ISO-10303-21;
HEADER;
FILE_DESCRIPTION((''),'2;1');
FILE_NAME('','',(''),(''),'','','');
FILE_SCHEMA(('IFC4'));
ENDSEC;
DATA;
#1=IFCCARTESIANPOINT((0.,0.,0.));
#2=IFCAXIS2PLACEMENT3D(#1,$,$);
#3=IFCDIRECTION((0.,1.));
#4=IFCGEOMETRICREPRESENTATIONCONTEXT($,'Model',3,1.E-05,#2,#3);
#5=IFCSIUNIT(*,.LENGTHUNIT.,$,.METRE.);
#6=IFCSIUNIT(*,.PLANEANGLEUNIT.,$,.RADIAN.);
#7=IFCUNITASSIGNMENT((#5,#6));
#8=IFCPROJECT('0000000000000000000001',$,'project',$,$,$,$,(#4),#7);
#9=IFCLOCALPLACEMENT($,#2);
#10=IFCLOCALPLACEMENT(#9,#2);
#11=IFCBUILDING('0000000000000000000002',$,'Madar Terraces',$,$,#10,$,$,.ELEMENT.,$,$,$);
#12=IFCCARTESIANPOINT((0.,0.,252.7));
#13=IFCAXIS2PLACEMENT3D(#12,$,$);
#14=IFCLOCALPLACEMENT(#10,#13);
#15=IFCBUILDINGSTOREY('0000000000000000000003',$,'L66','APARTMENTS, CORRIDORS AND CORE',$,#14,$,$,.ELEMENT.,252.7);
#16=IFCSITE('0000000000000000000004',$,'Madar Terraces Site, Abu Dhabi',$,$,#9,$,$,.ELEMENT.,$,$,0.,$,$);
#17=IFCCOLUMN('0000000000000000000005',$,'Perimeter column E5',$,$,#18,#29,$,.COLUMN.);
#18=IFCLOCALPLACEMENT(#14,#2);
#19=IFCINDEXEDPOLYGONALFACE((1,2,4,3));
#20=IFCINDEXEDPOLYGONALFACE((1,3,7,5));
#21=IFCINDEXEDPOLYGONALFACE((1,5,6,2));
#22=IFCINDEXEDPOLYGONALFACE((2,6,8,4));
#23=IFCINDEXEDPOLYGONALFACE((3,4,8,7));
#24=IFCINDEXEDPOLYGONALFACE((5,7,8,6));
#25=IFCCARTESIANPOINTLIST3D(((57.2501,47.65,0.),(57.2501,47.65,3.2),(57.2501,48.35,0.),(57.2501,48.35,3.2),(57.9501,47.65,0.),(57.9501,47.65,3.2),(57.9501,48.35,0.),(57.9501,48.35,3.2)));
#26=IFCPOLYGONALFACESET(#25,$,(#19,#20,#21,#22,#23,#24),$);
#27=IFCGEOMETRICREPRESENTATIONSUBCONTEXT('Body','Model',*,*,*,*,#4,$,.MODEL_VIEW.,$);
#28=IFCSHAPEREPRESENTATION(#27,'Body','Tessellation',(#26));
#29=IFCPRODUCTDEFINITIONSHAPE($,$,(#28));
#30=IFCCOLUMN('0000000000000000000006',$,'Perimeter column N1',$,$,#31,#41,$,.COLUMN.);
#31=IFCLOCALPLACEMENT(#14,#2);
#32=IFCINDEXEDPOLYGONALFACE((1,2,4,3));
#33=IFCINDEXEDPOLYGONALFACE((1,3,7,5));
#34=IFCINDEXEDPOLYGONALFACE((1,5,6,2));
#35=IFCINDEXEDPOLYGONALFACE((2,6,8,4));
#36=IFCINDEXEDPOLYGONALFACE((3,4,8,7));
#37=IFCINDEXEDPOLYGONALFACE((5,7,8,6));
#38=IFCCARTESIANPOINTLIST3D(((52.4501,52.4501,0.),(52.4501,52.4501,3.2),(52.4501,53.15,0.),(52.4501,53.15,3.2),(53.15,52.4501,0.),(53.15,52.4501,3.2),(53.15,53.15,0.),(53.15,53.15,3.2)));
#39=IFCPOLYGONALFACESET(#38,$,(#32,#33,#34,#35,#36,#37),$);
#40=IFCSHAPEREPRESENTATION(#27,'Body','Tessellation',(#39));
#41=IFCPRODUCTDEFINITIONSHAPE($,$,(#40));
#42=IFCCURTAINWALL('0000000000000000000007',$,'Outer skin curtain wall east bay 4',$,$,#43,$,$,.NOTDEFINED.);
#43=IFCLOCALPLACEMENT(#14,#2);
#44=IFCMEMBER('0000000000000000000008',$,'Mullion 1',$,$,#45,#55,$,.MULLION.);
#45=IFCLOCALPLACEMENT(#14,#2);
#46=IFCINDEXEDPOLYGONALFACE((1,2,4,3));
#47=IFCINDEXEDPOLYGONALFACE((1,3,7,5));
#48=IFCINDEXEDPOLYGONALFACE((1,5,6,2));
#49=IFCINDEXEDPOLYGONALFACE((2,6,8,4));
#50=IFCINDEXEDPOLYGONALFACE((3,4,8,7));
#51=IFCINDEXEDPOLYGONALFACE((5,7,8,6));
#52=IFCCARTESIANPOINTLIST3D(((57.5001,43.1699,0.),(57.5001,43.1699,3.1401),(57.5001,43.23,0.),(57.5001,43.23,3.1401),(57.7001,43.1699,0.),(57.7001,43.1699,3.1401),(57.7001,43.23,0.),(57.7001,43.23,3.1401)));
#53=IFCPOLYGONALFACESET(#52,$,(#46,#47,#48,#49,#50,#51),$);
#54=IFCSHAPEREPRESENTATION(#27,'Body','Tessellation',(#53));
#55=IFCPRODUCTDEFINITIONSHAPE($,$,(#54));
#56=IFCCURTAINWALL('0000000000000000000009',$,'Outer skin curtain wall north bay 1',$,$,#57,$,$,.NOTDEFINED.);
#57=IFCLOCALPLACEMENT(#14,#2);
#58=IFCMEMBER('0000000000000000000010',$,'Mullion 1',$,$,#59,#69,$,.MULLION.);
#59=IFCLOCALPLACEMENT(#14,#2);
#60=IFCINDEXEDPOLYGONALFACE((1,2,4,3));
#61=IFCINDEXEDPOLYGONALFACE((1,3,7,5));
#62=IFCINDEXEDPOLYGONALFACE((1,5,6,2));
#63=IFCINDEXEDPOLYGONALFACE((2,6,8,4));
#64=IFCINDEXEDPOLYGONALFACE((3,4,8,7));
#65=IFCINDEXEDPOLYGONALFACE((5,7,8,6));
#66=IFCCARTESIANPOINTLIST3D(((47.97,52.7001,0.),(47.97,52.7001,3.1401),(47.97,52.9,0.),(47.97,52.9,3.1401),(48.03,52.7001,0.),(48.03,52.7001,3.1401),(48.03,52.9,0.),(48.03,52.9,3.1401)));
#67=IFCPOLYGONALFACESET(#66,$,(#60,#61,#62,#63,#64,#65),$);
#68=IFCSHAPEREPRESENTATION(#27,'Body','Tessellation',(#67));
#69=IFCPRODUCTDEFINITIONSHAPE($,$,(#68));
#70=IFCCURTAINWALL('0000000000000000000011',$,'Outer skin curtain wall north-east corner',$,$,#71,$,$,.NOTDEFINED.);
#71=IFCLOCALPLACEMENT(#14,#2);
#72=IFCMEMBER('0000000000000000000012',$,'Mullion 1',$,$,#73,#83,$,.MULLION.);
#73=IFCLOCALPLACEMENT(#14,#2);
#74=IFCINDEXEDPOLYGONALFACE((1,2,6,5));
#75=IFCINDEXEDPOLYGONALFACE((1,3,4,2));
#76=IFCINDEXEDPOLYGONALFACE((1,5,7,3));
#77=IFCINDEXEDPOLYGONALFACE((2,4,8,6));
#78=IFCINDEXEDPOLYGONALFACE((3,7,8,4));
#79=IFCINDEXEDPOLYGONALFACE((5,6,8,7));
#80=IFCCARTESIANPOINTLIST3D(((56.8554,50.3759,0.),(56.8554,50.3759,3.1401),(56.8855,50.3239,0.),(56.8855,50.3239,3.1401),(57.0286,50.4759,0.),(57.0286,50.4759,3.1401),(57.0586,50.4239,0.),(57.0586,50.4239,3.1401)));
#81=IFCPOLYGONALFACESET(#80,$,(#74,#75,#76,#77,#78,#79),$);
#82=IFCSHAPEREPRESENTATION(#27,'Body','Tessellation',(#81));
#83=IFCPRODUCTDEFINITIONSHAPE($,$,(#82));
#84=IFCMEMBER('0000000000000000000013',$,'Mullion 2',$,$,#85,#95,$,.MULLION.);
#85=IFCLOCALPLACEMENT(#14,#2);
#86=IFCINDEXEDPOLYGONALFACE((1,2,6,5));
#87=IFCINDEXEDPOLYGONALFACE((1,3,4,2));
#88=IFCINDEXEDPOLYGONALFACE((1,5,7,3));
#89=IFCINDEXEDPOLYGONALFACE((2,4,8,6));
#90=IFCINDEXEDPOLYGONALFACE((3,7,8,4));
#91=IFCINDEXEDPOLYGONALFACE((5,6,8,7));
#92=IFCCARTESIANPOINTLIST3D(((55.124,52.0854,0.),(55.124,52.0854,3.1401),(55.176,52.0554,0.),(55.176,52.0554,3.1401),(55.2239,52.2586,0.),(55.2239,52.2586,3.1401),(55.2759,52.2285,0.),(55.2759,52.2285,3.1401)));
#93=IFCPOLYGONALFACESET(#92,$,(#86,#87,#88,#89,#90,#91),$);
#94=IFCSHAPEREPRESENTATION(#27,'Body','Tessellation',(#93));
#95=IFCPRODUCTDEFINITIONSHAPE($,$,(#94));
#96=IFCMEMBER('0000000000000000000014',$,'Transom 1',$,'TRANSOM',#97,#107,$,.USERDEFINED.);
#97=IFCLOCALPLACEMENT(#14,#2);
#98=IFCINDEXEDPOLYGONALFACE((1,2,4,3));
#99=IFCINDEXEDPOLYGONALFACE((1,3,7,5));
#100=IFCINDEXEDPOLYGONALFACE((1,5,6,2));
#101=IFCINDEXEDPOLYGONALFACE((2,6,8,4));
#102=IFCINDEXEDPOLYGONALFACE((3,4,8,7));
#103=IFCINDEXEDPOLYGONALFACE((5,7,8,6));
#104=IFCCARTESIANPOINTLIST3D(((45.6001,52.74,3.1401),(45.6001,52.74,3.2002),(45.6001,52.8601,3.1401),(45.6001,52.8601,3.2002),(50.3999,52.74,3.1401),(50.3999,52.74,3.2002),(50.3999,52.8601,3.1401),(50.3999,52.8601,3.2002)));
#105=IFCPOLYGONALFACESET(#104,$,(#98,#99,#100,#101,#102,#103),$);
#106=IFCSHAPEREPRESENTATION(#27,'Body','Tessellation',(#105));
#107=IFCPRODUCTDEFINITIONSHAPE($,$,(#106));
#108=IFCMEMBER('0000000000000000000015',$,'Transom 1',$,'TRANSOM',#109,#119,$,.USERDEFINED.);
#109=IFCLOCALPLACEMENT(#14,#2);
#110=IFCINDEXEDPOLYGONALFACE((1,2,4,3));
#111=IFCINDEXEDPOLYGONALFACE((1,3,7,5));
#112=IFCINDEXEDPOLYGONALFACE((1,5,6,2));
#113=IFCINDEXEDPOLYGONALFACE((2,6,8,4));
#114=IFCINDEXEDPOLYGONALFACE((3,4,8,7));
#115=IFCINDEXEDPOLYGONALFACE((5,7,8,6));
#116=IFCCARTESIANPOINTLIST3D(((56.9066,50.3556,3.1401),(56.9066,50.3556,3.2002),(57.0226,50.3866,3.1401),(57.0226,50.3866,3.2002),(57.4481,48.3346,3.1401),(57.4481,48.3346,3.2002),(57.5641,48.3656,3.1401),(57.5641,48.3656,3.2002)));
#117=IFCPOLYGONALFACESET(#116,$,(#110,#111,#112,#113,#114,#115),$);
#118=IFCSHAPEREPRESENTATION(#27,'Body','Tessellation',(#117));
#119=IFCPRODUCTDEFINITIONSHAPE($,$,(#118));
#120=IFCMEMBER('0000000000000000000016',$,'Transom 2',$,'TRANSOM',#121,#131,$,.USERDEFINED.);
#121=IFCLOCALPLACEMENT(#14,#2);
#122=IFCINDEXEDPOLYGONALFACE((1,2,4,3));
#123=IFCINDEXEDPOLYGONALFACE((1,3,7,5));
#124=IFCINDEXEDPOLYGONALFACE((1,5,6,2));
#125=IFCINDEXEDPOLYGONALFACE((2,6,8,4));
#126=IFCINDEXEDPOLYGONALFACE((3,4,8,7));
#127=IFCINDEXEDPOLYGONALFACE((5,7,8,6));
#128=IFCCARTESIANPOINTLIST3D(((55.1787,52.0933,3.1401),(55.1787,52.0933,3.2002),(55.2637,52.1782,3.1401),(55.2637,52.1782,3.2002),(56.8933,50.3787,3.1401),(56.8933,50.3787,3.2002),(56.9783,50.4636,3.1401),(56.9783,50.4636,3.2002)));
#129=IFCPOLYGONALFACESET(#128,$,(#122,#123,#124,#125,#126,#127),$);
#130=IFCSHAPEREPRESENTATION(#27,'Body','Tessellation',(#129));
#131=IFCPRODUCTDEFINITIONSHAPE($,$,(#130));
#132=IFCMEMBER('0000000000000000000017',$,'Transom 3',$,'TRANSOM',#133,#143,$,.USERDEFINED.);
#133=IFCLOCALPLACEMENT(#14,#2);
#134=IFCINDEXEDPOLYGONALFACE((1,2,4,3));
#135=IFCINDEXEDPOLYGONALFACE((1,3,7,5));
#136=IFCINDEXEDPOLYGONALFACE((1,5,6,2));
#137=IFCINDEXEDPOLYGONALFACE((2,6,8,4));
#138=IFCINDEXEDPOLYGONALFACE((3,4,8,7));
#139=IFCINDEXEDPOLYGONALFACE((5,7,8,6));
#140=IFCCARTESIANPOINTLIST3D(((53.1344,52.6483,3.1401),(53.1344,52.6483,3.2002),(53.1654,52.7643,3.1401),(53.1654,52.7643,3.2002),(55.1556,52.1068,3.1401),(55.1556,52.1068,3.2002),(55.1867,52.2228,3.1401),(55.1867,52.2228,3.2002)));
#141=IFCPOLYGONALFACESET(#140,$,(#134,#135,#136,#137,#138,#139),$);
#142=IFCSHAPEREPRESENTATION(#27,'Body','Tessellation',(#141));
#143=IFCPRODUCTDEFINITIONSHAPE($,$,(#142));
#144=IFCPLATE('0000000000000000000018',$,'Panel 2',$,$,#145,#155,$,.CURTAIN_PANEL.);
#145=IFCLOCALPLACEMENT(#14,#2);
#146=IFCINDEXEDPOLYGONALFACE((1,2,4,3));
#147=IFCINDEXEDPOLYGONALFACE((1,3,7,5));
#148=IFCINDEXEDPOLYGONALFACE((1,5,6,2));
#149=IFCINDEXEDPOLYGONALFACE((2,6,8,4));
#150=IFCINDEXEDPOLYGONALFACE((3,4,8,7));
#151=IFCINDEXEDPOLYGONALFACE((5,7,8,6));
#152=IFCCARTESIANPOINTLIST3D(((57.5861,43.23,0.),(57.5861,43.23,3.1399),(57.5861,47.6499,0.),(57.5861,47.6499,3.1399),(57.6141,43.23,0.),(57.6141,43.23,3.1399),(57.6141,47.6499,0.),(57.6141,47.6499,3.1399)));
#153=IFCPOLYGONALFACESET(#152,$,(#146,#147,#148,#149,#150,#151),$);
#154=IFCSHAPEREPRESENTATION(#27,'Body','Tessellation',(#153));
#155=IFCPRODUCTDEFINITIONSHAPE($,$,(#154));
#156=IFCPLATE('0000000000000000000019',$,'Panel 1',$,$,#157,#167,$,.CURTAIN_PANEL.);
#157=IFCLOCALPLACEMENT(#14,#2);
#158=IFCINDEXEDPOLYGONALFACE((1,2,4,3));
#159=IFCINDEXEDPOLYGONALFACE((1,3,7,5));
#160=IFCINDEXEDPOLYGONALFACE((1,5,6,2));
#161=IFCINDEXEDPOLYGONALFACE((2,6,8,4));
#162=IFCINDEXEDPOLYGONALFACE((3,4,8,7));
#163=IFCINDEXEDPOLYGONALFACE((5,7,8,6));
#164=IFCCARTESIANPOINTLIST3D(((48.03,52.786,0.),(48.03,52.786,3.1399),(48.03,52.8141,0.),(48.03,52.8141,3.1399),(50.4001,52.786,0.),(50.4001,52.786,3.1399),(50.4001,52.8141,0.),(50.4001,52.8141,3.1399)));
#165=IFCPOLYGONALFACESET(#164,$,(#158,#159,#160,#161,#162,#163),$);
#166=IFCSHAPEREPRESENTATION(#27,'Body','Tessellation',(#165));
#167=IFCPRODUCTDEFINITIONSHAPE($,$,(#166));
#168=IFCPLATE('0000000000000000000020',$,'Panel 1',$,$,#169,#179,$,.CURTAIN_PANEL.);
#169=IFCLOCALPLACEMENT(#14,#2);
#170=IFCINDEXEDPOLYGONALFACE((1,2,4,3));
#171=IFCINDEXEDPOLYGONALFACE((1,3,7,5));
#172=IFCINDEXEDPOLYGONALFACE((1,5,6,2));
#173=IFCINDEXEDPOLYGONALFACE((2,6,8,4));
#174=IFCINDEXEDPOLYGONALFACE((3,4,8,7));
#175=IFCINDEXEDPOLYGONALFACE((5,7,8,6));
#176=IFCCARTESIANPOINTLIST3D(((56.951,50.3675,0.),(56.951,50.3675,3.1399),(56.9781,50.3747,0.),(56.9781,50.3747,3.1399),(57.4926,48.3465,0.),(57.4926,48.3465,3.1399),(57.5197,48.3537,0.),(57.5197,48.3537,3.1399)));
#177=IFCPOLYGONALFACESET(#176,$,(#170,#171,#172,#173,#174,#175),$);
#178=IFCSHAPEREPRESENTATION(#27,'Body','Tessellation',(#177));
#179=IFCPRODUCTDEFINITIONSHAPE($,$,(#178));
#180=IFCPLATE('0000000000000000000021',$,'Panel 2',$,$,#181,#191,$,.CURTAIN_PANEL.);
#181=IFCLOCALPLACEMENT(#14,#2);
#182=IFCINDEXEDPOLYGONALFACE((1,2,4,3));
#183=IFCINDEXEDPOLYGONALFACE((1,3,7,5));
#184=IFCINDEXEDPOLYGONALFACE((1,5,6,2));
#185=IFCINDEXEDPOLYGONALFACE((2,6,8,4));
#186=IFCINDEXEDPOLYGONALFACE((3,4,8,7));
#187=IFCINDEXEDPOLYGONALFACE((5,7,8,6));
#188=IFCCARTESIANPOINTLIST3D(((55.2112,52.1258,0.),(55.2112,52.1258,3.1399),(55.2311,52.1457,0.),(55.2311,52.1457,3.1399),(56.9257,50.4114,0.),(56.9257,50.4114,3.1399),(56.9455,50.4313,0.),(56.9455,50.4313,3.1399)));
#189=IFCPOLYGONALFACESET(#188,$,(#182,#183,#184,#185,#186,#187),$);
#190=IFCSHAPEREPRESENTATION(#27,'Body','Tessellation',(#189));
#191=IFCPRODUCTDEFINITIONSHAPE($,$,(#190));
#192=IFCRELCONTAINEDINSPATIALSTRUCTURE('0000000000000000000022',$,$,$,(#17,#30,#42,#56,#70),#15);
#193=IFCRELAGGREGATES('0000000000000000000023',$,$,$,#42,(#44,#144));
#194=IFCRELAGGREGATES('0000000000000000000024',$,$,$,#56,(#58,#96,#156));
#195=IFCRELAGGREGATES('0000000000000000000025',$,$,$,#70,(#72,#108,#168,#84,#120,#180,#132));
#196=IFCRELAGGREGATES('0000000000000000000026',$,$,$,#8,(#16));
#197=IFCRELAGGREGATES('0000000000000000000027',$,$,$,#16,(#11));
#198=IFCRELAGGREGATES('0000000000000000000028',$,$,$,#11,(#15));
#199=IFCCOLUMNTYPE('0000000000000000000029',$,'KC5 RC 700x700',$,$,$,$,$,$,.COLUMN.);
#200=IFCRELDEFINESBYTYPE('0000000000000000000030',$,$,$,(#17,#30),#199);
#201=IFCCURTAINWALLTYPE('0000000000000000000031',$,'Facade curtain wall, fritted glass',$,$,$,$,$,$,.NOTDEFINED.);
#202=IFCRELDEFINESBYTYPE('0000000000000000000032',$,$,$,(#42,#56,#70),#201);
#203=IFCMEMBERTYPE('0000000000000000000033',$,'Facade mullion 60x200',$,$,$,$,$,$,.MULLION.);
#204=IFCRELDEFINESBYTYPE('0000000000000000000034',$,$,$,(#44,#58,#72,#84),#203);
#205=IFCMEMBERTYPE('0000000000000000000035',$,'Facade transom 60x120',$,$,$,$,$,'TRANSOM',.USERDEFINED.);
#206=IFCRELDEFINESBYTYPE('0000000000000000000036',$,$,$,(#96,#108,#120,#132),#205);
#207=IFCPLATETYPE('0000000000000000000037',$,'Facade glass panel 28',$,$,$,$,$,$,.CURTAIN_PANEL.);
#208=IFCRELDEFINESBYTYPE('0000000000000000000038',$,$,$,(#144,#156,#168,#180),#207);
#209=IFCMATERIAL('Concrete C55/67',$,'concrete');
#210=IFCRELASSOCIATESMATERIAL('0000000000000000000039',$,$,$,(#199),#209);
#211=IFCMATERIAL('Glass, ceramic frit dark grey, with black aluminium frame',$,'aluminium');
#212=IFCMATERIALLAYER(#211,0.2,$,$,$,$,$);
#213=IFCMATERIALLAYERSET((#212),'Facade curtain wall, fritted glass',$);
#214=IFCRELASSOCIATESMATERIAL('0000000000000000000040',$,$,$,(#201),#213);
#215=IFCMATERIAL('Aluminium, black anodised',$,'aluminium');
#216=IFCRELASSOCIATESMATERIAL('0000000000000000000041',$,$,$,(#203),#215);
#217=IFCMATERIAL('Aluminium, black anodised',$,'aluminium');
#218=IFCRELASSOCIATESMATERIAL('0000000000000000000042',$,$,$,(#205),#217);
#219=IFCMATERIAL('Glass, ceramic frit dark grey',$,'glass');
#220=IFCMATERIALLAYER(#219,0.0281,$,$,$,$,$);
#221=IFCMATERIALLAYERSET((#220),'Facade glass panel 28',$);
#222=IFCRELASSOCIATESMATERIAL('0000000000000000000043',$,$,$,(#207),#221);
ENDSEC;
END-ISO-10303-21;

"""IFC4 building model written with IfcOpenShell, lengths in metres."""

from ifc_helpers import new_model, si_unit, direction, frame, origin, origin_2d, place, context, subcontext, project, spatial, rectangle, extrude, material, layer, layer_set, material_profile, profile_set, type_object, element, aggregate, save


model = new_model("IFC4")

# Units and contexts
model_context = context("Model", 3, precision=1e-05, world=origin(), true_north=direction((0.0, 1.0)))
body_context = subcontext(model_context, "Body", "Model", "MODEL_VIEW")
ifc_project = project(units=[si_unit("LENGTHUNIT", "METRE"), si_unit("PLANEANGLEUNIT", "RADIAN")], contexts=[model_context])

# Site, building, storey
site_placement = place(None, origin())
site = spatial("IfcSite", under=ifc_project, at=site_placement, Name="Madar Terraces Site, Abu Dhabi", CompositionType="ELEMENT", RefElevation=0.0)
building_placement = place(site_placement, origin())
building = spatial("IfcBuilding", under=site, at=building_placement, Name="Madar Terraces", CompositionType="ELEMENT")
storey_placement = place(building_placement, frame((0.0, 0.0, 252.7)))
storey = spatial("IfcBuildingStorey", under=building, at=storey_placement, Name="L66", Description="APARTMENTS, CORRIDORS AND CORE", CompositionType="ELEMENT", Elevation=252.7)

# Columns
ifc_material_1 = material(Name="Concrete C55/67", Category="concrete")
ifc_material_profile_1 = material_profile(ifc_material_1, rectangle(XDim=0.7, YDim=0.7, at=origin_2d()), Name="KC5 RC 700x700")
ifc_profile_set_1 = profile_set([ifc_material_profile_1], Name="Concrete C55/67")
column_type = type_object("IfcColumnType", Name="KC5 RC 700x700", PredefinedType="COLUMN", material=ifc_profile_set_1)
for number, where, z_axis, x_axis, name in (
    (1, (57.6001, 48.0, 0.0), (0.0, 0.0, 1.0), (1.0, 0.0, 0.0), "Perimeter column E5"),
    (2, (52.8, 52.8, 0.0), (0.0, 0.0, 1.0), (1.0, 0.0, 0.0), "Perimeter column N1"),
):
    element("IfcColumn", number, at=place(storey_placement, frame(where, z_axis=z_axis, x_axis=x_axis)), inside=storey, type_object=column_type, Name=name, PredefinedType="COLUMN", context=body_context, shape_type="SweptSolid", body=[
        extrude(rectangle(XDim=0.7, YDim=0.7, at=origin_2d()), origin(), (0.0, 0.0, 1.0), 3.2),
    ])

# Curtain walls, members
ifc_material_2 = material(Name="Glass, ceramic frit dark grey, with black aluminium frame", Category="aluminium")
ifc_layer_1 = layer(ifc_material_2, 0.2)
ifc_layer_set_1 = layer_set([ifc_layer_1], Name="Facade curtain wall, fritted glass")
curtain_wall_type = type_object("IfcCurtainWallType", Name="Facade curtain wall, fritted glass", PredefinedType="NOTDEFINED", material=ifc_layer_set_1)
curtain_wall_1_placement = place(storey_placement, origin())
curtain_wall_1 = element("IfcCurtainWall", 3, at=curtain_wall_1_placement, inside=storey, type_object=curtain_wall_type, Name="Outer skin curtain wall east bay 4", PredefinedType="NOTDEFINED")
ifc_material_3 = material(Name="Aluminium, black anodised", Category="aluminium")
ifc_material_profile_2 = material_profile(ifc_material_3, rectangle(XDim=0.2, YDim=0.0601, at=origin_2d()), Name="Facade mullion 60x200")
ifc_profile_set_2 = profile_set([ifc_material_profile_2], Name="Aluminium, black anodised")
member_type_1 = type_object("IfcMemberType", Name="Facade mullion 60x200", PredefinedType="MULLION", material=ifc_profile_set_2)
member_1_placement = place(storey_placement, frame((57.6001, 43.2, 0.0), z_axis=(0.0, 0.0, 1.0), x_axis=(-1.0, 0.0, 0.0)))
member_1 = element("IfcMember", 4, at=member_1_placement, type_object=member_type_1, Name="Mullion 1", PredefinedType="MULLION", context=body_context, shape_type="SweptSolid", body=[
    extrude(rectangle(XDim=0.2, YDim=0.0601, at=origin_2d()), origin(), (0.0, 0.0, 1.0), 3.1401),
])
curtain_wall_2_placement = place(storey_placement, origin())
curtain_wall_2 = element("IfcCurtainWall", 5, at=curtain_wall_2_placement, inside=storey, type_object=curtain_wall_type, Name="Outer skin curtain wall north bay 1", PredefinedType="NOTDEFINED")
member_2_placement = place(storey_placement, frame((48.0, 52.8, 0.0), z_axis=(0.0, 0.0, 1.0), x_axis=(0.0, -1.0, 0.0)))
member_2 = element("IfcMember", 6, at=member_2_placement, type_object=member_type_1, Name="Mullion 1", PredefinedType="MULLION", context=body_context, shape_type="SweptSolid", body=[
    extrude(rectangle(XDim=0.2, YDim=0.0601, at=origin_2d()), origin(), (0.0, 0.0, 1.0), 3.1401),
])

# Curtain wall, members
curtain_wall_3_placement = place(storey_placement, origin())
curtain_wall_3 = element("IfcCurtainWall", 7, at=curtain_wall_3_placement, inside=storey, type_object=curtain_wall_type, Name="Outer skin curtain wall north-east corner", PredefinedType="NOTDEFINED")
member_3_placement = place(storey_placement, frame((56.957, 50.3999, 0.0), z_axis=(0.0, 0.0, 1.0), x_axis=(-0.866025, -0.5, 0.0)))
member_3 = element("IfcMember", 8, at=member_3_placement, type_object=member_type_1, Name="Mullion 1", PredefinedType="MULLION", context=body_context, shape_type="SweptSolid", body=[
    extrude(rectangle(XDim=0.2, YDim=0.0601, at=origin_2d()), origin(), (0.0, 0.0, 1.0), 3.1401),
])
member_4_placement = place(storey_placement, frame((55.2, 52.157, 0.0), z_axis=(0.0, 0.0, 1.0), x_axis=(-0.5, -0.866025, 0.0)))
member_4 = element("IfcMember", 9, at=member_4_placement, type_object=member_type_1, Name="Mullion 2", PredefinedType="MULLION", context=body_context, shape_type="SweptSolid", body=[
    extrude(rectangle(XDim=0.2, YDim=0.0601, at=origin_2d()), origin(), (0.0, 0.0, 1.0), 3.1401),
])

# Members
ifc_material_4 = material(Name="Aluminium, black anodised", Category="aluminium")
ifc_material_profile_3 = material_profile(ifc_material_4, rectangle(XDim=0.1201, YDim=0.0601, at=origin_2d()), Name="Facade transom 60x120")
ifc_profile_set_3 = profile_set([ifc_material_profile_3], Name="Aluminium, black anodised")
member_type_2 = type_object("IfcMemberType", Name="Facade transom 60x120", ElementType="TRANSOM", PredefinedType="USERDEFINED", material=ifc_profile_set_3)
member_5_placement = place(storey_placement, frame((50.3999, 52.8, 3.1702), z_axis=(-1.0, 0.0, 0.0), x_axis=(0.0, -1.0, 0.0)))
member_5 = element("IfcMember", 10, at=member_5_placement, type_object=member_type_2, Name="Transom 1", ObjectType="TRANSOM", PredefinedType="USERDEFINED", context=body_context, shape_type="SweptSolid", body=[
    extrude(rectangle(XDim=0.1201, YDim=0.0601, at=origin_2d()), origin(), (0.0, 0.0, 1.0), 4.7998),
])
member_6_placement = place(storey_placement, frame((57.5061, 48.3501, 3.1702), z_axis=(-0.25881, 0.965928, 0.0), x_axis=(-0.965928, -0.25881, 0.0)))
member_6 = element("IfcMember", 11, at=member_6_placement, type_object=member_type_2, Name="Transom 1", ObjectType="TRANSOM", PredefinedType="USERDEFINED", context=body_context, shape_type="SweptSolid", body=[
    extrude(rectangle(XDim=0.1201, YDim=0.0601, at=origin_2d()), origin(), (0.0, 0.0, 1.0), 2.0923),
])
member_7_placement = place(storey_placement, frame((56.9358, 50.4211, 3.1702), z_axis=(-0.707107, 0.707107, 0.0), x_axis=(-0.707107, -0.707107, 0.0)))
member_7 = element("IfcMember", 12, at=member_7_placement, type_object=member_type_2, Name="Transom 2", ObjectType="TRANSOM", PredefinedType="USERDEFINED", context=body_context, shape_type="SweptSolid", body=[
    extrude(rectangle(XDim=0.1201, YDim=0.0601, at=origin_2d()), origin(), (0.0, 0.0, 1.0), 2.4248),
])
member_8_placement = place(storey_placement, frame((55.1711, 52.1648, 3.1702), z_axis=(-0.965936, 0.258781, 0.0), x_axis=(-0.258781, -0.965936, 0.0)))
member_8 = element("IfcMember", 13, at=member_8_placement, type_object=member_type_2, Name="Transom 3", ObjectType="TRANSOM", PredefinedType="USERDEFINED", context=body_context, shape_type="SweptSolid", body=[
    extrude(rectangle(XDim=0.1201, YDim=0.0601, at=origin_2d()), origin(), (0.0, 0.0, 1.0), 2.0925),
])

# Plates
ifc_material_5 = material(Name="Glass, ceramic frit dark grey", Category="glass")
ifc_layer_2 = layer(ifc_material_5, 0.0281)
ifc_layer_set_2 = layer_set([ifc_layer_2], Name="Facade glass panel 28")
plate_type = type_object("IfcPlateType", Name="Facade glass panel 28", PredefinedType="CURTAIN_PANEL", material=ifc_layer_set_2)
plate_1_placement = place(storey_placement, frame((57.6001, 45.4399, 0.0), z_axis=(0.0, 0.0, 1.0), x_axis=(0.0, 1.0, 0.0)))
plate_1 = element("IfcPlate", 14, at=plate_1_placement, type_object=plate_type, Name="Panel 2", PredefinedType="CURTAIN_PANEL", context=body_context, shape_type="SweptSolid", body=[
    extrude(rectangle(XDim=4.4199, YDim=0.0281, at=origin_2d()), origin(), (0.0, 0.0, 1.0), 3.1399),
])
aggregate(curtain_wall_1, [member_1, plate_1])
plate_2_placement = place(storey_placement, frame((49.2151, 52.8, 0.0), z_axis=(0.0, 0.0, 1.0), x_axis=(-1.0, 0.0, 0.0)))
plate_2 = element("IfcPlate", 15, at=plate_2_placement, type_object=plate_type, Name="Panel 1", PredefinedType="CURTAIN_PANEL", context=body_context, shape_type="SweptSolid", body=[
    extrude(rectangle(XDim=2.3701, YDim=0.0281, at=origin_2d()), origin(), (0.0, 0.0, 1.0), 3.1399),
])
aggregate(curtain_wall_2, [member_2, member_5, plate_2])
plate_3_placement = place(storey_placement, frame((57.2354, 49.3606, 0.0), z_axis=(0.0, 0.0, 1.0), x_axis=(-0.258819, 0.965926, 0.0)))
plate_3 = element("IfcPlate", 16, at=plate_3_placement, type_object=plate_type, Name="Panel 1", PredefinedType="CURTAIN_PANEL", context=body_context, shape_type="SweptSolid", body=[
    extrude(rectangle(XDim=2.0923, YDim=0.0281, at=origin_2d()), origin(), (0.0, 0.0, 1.0), 3.1399),
])
plate_4_placement = place(storey_placement, frame((56.0784, 51.2786, 0.0), z_axis=(0.0, 0.0, 1.0), x_axis=(-0.707107, 0.707107, 0.0)))
plate_4 = element("IfcPlate", 17, at=plate_4_placement, type_object=plate_type, Name="Panel 2", PredefinedType="CURTAIN_PANEL", context=body_context, shape_type="SweptSolid", body=[
    extrude(rectangle(XDim=2.4246, YDim=0.0281, at=origin_2d()), origin(), (0.0, 0.0, 1.0), 3.1399),
])
aggregate(curtain_wall_3, [member_3, member_6, plate_3, member_4, member_7, plate_4, member_8])

save(model, "model.ifc")
